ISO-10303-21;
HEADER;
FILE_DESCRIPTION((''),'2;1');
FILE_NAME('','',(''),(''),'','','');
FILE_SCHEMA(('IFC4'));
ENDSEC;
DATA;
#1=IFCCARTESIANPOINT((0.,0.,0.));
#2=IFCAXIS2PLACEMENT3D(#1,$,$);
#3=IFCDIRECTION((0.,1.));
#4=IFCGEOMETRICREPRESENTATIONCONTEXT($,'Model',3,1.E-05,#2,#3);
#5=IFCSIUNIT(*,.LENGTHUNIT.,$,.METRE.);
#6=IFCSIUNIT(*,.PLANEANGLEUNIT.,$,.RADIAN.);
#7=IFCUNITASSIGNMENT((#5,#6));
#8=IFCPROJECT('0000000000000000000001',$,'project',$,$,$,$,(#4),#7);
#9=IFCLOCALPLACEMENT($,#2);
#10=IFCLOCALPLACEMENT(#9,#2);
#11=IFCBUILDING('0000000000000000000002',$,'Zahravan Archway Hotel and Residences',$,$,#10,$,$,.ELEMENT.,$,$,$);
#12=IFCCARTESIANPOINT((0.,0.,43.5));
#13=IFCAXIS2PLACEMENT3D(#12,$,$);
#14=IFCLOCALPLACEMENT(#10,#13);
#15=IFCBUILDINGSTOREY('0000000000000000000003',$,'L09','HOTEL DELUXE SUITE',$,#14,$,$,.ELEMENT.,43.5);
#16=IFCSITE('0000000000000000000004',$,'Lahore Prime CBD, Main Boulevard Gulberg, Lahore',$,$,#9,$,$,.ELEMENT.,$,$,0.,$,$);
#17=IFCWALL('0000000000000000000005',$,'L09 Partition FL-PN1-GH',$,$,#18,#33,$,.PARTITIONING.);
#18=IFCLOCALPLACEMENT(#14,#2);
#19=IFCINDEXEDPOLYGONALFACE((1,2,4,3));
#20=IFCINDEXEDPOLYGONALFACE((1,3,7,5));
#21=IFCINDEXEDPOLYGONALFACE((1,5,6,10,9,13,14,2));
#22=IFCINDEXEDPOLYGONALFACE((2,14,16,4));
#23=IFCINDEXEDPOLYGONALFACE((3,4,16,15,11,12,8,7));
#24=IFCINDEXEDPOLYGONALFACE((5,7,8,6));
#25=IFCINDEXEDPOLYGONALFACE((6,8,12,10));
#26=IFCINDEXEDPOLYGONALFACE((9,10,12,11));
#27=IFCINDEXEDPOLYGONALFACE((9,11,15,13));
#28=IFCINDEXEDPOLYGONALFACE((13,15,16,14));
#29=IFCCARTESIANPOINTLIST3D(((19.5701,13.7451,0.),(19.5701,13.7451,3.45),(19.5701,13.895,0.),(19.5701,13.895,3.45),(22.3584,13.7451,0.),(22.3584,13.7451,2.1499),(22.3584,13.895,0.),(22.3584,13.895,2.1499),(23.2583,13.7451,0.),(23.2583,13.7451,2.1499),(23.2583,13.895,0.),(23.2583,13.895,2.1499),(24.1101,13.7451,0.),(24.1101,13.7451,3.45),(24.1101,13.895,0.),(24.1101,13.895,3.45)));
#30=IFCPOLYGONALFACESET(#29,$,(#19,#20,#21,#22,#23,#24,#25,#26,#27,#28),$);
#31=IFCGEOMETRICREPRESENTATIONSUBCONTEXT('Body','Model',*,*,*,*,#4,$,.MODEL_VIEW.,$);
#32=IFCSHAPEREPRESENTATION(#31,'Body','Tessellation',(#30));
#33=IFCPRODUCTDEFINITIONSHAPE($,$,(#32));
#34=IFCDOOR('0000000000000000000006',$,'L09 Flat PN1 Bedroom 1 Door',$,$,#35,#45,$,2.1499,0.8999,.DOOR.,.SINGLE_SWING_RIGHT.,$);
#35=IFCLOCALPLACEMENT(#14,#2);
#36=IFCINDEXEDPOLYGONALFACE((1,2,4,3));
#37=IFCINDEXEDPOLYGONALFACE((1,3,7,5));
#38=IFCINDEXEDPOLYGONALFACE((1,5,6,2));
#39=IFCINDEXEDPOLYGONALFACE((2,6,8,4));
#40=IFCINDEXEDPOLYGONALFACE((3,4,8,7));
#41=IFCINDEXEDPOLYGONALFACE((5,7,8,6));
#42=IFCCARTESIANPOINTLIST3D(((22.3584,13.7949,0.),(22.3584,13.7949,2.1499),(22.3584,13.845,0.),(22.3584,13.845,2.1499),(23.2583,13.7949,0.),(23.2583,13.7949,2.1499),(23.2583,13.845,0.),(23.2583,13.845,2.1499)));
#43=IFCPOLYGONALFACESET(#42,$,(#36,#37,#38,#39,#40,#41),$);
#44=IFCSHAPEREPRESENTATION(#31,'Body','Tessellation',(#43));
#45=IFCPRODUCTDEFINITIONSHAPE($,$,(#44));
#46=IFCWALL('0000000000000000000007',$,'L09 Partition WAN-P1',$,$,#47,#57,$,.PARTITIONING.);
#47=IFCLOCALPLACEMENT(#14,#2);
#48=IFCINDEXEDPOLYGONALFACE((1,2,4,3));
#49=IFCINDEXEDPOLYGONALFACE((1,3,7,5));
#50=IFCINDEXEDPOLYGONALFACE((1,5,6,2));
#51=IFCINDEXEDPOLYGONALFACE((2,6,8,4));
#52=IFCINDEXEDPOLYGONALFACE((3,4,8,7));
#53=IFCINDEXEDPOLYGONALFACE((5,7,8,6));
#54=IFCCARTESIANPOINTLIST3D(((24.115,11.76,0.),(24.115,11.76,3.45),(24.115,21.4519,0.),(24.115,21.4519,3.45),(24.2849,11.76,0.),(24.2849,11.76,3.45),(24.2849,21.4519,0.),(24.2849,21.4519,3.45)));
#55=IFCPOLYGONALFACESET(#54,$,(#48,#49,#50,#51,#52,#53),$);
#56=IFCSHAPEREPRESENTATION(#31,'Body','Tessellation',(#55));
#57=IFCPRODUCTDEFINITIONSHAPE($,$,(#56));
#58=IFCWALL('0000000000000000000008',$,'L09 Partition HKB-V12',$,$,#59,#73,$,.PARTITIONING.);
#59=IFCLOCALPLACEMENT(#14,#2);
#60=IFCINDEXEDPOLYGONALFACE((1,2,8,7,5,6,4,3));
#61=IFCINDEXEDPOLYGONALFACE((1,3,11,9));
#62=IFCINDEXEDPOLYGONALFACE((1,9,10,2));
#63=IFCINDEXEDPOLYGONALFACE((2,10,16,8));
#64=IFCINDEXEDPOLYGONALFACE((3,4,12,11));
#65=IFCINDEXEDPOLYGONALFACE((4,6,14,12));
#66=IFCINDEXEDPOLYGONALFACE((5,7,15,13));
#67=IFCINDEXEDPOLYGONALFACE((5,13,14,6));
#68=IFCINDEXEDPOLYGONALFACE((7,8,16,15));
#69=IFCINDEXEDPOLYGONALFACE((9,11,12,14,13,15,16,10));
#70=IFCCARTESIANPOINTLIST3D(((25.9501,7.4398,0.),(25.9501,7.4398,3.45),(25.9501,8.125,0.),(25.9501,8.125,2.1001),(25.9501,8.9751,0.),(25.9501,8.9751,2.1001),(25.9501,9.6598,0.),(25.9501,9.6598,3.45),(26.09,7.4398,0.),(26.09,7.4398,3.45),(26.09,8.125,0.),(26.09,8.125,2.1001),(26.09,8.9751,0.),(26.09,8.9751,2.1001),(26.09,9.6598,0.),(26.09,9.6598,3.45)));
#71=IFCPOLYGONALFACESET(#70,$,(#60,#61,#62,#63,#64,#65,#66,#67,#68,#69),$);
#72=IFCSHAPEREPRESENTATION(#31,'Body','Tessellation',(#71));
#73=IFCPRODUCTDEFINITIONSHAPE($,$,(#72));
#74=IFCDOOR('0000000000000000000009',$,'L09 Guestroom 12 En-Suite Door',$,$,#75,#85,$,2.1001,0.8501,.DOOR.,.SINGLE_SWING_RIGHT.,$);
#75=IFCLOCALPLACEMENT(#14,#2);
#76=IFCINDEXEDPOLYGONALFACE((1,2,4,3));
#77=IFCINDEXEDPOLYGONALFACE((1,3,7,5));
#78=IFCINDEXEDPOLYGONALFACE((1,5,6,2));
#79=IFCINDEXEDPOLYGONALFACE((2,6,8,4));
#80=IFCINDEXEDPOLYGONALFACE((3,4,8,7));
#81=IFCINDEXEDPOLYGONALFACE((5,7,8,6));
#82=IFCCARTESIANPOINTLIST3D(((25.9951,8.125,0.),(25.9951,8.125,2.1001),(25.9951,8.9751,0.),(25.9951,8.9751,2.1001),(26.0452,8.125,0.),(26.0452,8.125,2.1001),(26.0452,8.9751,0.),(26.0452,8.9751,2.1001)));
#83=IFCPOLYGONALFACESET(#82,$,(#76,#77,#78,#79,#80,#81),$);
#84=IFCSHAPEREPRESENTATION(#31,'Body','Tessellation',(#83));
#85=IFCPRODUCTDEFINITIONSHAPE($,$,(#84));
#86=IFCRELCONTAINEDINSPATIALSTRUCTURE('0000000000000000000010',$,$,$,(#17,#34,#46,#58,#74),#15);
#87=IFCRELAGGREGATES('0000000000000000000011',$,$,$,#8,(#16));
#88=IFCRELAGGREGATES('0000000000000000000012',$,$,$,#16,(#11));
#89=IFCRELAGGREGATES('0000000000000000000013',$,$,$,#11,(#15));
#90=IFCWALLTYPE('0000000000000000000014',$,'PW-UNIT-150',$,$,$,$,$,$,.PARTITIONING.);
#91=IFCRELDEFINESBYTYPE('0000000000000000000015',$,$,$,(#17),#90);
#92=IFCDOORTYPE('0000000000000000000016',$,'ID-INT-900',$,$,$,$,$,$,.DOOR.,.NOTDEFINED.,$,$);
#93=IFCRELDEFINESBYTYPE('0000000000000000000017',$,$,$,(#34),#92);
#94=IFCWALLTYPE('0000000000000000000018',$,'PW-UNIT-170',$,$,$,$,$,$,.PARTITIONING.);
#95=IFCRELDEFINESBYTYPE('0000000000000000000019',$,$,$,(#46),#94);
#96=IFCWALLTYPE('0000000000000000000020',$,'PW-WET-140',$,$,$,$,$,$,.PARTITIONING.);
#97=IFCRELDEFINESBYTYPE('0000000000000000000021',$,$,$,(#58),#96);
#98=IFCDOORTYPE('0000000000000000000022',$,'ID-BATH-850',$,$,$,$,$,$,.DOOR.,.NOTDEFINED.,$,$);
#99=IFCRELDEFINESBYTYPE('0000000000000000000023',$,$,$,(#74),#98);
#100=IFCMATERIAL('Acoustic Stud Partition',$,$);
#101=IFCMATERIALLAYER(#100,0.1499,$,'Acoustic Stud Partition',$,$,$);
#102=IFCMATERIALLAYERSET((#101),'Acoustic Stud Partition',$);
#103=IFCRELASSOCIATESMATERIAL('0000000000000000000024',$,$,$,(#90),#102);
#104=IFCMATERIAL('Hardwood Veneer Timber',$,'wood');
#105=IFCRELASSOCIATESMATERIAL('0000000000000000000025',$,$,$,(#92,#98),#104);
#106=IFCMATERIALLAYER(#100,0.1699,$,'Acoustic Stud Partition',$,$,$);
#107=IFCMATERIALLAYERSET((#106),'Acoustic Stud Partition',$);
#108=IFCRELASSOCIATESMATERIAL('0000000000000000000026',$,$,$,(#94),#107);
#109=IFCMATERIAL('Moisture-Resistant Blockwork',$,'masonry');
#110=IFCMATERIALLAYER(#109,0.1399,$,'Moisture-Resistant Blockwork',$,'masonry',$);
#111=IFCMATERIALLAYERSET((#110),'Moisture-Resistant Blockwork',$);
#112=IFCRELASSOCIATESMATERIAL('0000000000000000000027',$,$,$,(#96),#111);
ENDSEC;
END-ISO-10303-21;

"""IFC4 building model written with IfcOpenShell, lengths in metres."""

from ifc_helpers import new_model, si_unit, direction, frame, frame_2d, origin, place, context, subcontext, project, spatial, rectangle, extrude, source, transform, mapped, material, layer, layer_set, type_object, type_shapes, element, fill, save


model = new_model("IFC4")

# Units and contexts
model_context = context("Model", 3, precision=1e-05, world=origin(), true_north=direction((0.0, 1.0)))
body_context = subcontext(model_context, "Body", "Model", "MODEL_VIEW")
ifc_project = project(units=[si_unit("LENGTHUNIT", "METRE"), si_unit("PLANEANGLEUNIT", "RADIAN")], contexts=[model_context])

# Site, building, storey
site_placement = place(None, origin())
site = spatial("IfcSite", under=ifc_project, at=site_placement, Name="Lahore Prime CBD, Main Boulevard Gulberg, Lahore", CompositionType="ELEMENT", RefElevation=0.0)
building_placement = place(site_placement, origin())
building = spatial("IfcBuilding", under=site, at=building_placement, Name="Zahravan Archway Hotel and Residences", CompositionType="ELEMENT")
storey_placement = place(building_placement, frame((0.0, 0.0, 43.5)))
storey = spatial("IfcBuildingStorey", under=building, at=storey_placement, Name="L09", Description="HOTEL DELUXE SUITE", CompositionType="ELEMENT", Elevation=43.5)

# Wall, opening, door
ifc_material_1 = material(Name="Acoustic Stud Partition")
ifc_layer_1 = layer(ifc_material_1, 0.1499, Name="Acoustic Stud Partition")
ifc_layer_set_1 = layer_set([ifc_layer_1], Name="Acoustic Stud Partition")
wall_type_1 = type_object("IfcWallType", Name="PW-UNIT-150", PredefinedType="PARTITIONING", material=ifc_layer_set_1)
ifc_material_2 = material(Name="Hardwood Veneer Timber", Category="wood")
door_type_1 = type_object("IfcDoorType", Name="ID-INT-900", OperationType="NOTDEFINED", PredefinedType="DOOR", material=ifc_material_2)
shared_shape_1 = source(origin(), body_context, "Body", "SweptSolid", [
    extrude(rectangle(XDim=0.8999, YDim=2.1499, at=frame_2d((0.45, 1.075))), frame((0.0, 0.0249, 0.0), z_axis=(0.0, -1.0, 0.0), x_axis=(1.0, 0.0, 0.0)), (0.0, 0.0, 1.0), 0.05),
])
type_shapes(door_type_1, [shared_shape_1])
wall_1_placement = place(storey_placement, frame((19.5701, 13.8201, 0.0), z_axis=(0.0, 0.0, 1.0), x_axis=(1.0, 0.0, 0.0)))
wall_1 = element("IfcWall", 1, at=wall_1_placement, inside=storey, type_object=wall_type_1, Name="L09 Partition FL-PN1-GH", PredefinedType="PARTITIONING", context=body_context, shape_type="SweptSolid", body=[
    extrude(rectangle(XDim=4.54, YDim=0.1499, at=frame_2d((2.27, 0.0))), origin(), (0.0, 0.0, 1.0), 3.45),
])
opening_1_placement = place(wall_1_placement, frame((2.7883, 0.0, 0.0)))
opening_1 = element("IfcOpeningElement", 2, at=opening_1_placement, cuts=wall_1, PredefinedType="OPENING", context=body_context, shape_type="SweptSolid", body=[
    extrude(rectangle(XDim=0.8999, YDim=2.1499, at=frame_2d((0.45, 1.075))), frame((0.0, 0.085, 0.0), z_axis=(0.0, -1.0, 0.0), x_axis=(1.0, 0.0, 0.0)), (0.0, 0.0, 1.0), 0.1699),
])
door_1_placement = place(opening_1_placement, origin())
door_1 = element("IfcDoor", 3, at=door_1_placement, inside=storey, type_object=door_type_1, Name="L09 Flat PN1 Bedroom 1 Door", OperationType="SINGLE_SWING_RIGHT", OverallHeight=2.1499, OverallWidth=0.8999, PredefinedType="DOOR", context=body_context, shape_type="MappedRepresentation", body=[
    mapped(shared_shape_1, transform((0.0, 0.0, 0.0), scale=1.0)),
])
fill(opening_1, door_1)

# Wall
ifc_layer_2 = layer(ifc_material_1, 0.1699, Name="Acoustic Stud Partition")
ifc_layer_set_2 = layer_set([ifc_layer_2], Name="Acoustic Stud Partition")
wall_type_2 = type_object("IfcWallType", Name="PW-UNIT-170", PredefinedType="PARTITIONING", material=ifc_layer_set_2)
wall_2_placement = place(storey_placement, frame((24.2, 11.76, 0.0), z_axis=(0.0, 0.0, 1.0), x_axis=(0.0, 1.0, 0.0)))
element("IfcWall", 4, at=wall_2_placement, inside=storey, type_object=wall_type_2, Name="L09 Partition WAN-P1", PredefinedType="PARTITIONING", context=body_context, shape_type="SweptSolid", body=[
    extrude(rectangle(XDim=9.6919, YDim=0.1699, at=frame_2d((4.8459, 0.0))), origin(), (0.0, 0.0, 1.0), 3.45),
])

# Wall, opening, door
ifc_material_3 = material(Name="Moisture-Resistant Blockwork", Category="masonry")
ifc_layer_3 = layer(ifc_material_3, 0.1399, Name="Moisture-Resistant Blockwork", Category="masonry")
ifc_layer_set_3 = layer_set([ifc_layer_3], Name="Moisture-Resistant Blockwork")
wall_type_3 = type_object("IfcWallType", Name="PW-WET-140", PredefinedType="PARTITIONING", material=ifc_layer_set_3)
wall_3_placement = place(storey_placement, frame((26.02, 7.4399, 0.0), z_axis=(0.0, 0.0, 1.0), x_axis=(0.0, 1.0, 0.0)))
wall_3 = element("IfcWall", 5, at=wall_3_placement, inside=storey, type_object=wall_type_3, Name="L09 Partition HKB-V12", PredefinedType="PARTITIONING", context=body_context, shape_type="SweptSolid", body=[
    extrude(rectangle(XDim=2.22, YDim=0.1399, at=frame_2d((1.1099, 0.0))), origin(), (0.0, 0.0, 1.0), 3.45),
])
opening_2_placement = place(wall_3_placement, frame((0.6851, 0.0, 0.0)))
opening_2 = element("IfcOpeningElement", 6, at=opening_2_placement, cuts=wall_3, PredefinedType="OPENING", context=body_context, shape_type="SweptSolid", body=[
    extrude(rectangle(XDim=0.8501, YDim=2.1001, at=frame_2d((0.425, 1.05))), frame((0.0, 0.0801, 0.0), z_axis=(0.0, -1.0, 0.0), x_axis=(1.0, 0.0, 0.0)), (0.0, 0.0, 1.0), 0.1599),
])
door_type_2 = type_object("IfcDoorType", Name="ID-BATH-850", OperationType="NOTDEFINED", PredefinedType="DOOR", material=ifc_material_2)
shared_shape_2 = source(origin(), body_context, "Body", "SweptSolid", [
    extrude(rectangle(XDim=0.8501, YDim=2.1001, at=frame_2d((0.425, 1.05))), frame((0.0, 0.0249, 0.0), z_axis=(0.0, -1.0, 0.0), x_axis=(1.0, 0.0, 0.0)), (0.0, 0.0, 1.0), 0.05),
])
type_shapes(door_type_2, [shared_shape_2])
door_2_placement = place(opening_2_placement, origin())
door_2 = element("IfcDoor", 7, at=door_2_placement, inside=storey, type_object=door_type_2, Name="L09 Guestroom 12 En-Suite Door", OperationType="SINGLE_SWING_RIGHT", OverallHeight=2.1001, OverallWidth=0.8501, PredefinedType="DOOR", context=body_context, shape_type="MappedRepresentation", body=[
    mapped(shared_shape_2, transform((0.0, 0.0, 0.0), scale=1.0)),
])
fill(opening_2, door_2)

save(model, "model.ifc")
